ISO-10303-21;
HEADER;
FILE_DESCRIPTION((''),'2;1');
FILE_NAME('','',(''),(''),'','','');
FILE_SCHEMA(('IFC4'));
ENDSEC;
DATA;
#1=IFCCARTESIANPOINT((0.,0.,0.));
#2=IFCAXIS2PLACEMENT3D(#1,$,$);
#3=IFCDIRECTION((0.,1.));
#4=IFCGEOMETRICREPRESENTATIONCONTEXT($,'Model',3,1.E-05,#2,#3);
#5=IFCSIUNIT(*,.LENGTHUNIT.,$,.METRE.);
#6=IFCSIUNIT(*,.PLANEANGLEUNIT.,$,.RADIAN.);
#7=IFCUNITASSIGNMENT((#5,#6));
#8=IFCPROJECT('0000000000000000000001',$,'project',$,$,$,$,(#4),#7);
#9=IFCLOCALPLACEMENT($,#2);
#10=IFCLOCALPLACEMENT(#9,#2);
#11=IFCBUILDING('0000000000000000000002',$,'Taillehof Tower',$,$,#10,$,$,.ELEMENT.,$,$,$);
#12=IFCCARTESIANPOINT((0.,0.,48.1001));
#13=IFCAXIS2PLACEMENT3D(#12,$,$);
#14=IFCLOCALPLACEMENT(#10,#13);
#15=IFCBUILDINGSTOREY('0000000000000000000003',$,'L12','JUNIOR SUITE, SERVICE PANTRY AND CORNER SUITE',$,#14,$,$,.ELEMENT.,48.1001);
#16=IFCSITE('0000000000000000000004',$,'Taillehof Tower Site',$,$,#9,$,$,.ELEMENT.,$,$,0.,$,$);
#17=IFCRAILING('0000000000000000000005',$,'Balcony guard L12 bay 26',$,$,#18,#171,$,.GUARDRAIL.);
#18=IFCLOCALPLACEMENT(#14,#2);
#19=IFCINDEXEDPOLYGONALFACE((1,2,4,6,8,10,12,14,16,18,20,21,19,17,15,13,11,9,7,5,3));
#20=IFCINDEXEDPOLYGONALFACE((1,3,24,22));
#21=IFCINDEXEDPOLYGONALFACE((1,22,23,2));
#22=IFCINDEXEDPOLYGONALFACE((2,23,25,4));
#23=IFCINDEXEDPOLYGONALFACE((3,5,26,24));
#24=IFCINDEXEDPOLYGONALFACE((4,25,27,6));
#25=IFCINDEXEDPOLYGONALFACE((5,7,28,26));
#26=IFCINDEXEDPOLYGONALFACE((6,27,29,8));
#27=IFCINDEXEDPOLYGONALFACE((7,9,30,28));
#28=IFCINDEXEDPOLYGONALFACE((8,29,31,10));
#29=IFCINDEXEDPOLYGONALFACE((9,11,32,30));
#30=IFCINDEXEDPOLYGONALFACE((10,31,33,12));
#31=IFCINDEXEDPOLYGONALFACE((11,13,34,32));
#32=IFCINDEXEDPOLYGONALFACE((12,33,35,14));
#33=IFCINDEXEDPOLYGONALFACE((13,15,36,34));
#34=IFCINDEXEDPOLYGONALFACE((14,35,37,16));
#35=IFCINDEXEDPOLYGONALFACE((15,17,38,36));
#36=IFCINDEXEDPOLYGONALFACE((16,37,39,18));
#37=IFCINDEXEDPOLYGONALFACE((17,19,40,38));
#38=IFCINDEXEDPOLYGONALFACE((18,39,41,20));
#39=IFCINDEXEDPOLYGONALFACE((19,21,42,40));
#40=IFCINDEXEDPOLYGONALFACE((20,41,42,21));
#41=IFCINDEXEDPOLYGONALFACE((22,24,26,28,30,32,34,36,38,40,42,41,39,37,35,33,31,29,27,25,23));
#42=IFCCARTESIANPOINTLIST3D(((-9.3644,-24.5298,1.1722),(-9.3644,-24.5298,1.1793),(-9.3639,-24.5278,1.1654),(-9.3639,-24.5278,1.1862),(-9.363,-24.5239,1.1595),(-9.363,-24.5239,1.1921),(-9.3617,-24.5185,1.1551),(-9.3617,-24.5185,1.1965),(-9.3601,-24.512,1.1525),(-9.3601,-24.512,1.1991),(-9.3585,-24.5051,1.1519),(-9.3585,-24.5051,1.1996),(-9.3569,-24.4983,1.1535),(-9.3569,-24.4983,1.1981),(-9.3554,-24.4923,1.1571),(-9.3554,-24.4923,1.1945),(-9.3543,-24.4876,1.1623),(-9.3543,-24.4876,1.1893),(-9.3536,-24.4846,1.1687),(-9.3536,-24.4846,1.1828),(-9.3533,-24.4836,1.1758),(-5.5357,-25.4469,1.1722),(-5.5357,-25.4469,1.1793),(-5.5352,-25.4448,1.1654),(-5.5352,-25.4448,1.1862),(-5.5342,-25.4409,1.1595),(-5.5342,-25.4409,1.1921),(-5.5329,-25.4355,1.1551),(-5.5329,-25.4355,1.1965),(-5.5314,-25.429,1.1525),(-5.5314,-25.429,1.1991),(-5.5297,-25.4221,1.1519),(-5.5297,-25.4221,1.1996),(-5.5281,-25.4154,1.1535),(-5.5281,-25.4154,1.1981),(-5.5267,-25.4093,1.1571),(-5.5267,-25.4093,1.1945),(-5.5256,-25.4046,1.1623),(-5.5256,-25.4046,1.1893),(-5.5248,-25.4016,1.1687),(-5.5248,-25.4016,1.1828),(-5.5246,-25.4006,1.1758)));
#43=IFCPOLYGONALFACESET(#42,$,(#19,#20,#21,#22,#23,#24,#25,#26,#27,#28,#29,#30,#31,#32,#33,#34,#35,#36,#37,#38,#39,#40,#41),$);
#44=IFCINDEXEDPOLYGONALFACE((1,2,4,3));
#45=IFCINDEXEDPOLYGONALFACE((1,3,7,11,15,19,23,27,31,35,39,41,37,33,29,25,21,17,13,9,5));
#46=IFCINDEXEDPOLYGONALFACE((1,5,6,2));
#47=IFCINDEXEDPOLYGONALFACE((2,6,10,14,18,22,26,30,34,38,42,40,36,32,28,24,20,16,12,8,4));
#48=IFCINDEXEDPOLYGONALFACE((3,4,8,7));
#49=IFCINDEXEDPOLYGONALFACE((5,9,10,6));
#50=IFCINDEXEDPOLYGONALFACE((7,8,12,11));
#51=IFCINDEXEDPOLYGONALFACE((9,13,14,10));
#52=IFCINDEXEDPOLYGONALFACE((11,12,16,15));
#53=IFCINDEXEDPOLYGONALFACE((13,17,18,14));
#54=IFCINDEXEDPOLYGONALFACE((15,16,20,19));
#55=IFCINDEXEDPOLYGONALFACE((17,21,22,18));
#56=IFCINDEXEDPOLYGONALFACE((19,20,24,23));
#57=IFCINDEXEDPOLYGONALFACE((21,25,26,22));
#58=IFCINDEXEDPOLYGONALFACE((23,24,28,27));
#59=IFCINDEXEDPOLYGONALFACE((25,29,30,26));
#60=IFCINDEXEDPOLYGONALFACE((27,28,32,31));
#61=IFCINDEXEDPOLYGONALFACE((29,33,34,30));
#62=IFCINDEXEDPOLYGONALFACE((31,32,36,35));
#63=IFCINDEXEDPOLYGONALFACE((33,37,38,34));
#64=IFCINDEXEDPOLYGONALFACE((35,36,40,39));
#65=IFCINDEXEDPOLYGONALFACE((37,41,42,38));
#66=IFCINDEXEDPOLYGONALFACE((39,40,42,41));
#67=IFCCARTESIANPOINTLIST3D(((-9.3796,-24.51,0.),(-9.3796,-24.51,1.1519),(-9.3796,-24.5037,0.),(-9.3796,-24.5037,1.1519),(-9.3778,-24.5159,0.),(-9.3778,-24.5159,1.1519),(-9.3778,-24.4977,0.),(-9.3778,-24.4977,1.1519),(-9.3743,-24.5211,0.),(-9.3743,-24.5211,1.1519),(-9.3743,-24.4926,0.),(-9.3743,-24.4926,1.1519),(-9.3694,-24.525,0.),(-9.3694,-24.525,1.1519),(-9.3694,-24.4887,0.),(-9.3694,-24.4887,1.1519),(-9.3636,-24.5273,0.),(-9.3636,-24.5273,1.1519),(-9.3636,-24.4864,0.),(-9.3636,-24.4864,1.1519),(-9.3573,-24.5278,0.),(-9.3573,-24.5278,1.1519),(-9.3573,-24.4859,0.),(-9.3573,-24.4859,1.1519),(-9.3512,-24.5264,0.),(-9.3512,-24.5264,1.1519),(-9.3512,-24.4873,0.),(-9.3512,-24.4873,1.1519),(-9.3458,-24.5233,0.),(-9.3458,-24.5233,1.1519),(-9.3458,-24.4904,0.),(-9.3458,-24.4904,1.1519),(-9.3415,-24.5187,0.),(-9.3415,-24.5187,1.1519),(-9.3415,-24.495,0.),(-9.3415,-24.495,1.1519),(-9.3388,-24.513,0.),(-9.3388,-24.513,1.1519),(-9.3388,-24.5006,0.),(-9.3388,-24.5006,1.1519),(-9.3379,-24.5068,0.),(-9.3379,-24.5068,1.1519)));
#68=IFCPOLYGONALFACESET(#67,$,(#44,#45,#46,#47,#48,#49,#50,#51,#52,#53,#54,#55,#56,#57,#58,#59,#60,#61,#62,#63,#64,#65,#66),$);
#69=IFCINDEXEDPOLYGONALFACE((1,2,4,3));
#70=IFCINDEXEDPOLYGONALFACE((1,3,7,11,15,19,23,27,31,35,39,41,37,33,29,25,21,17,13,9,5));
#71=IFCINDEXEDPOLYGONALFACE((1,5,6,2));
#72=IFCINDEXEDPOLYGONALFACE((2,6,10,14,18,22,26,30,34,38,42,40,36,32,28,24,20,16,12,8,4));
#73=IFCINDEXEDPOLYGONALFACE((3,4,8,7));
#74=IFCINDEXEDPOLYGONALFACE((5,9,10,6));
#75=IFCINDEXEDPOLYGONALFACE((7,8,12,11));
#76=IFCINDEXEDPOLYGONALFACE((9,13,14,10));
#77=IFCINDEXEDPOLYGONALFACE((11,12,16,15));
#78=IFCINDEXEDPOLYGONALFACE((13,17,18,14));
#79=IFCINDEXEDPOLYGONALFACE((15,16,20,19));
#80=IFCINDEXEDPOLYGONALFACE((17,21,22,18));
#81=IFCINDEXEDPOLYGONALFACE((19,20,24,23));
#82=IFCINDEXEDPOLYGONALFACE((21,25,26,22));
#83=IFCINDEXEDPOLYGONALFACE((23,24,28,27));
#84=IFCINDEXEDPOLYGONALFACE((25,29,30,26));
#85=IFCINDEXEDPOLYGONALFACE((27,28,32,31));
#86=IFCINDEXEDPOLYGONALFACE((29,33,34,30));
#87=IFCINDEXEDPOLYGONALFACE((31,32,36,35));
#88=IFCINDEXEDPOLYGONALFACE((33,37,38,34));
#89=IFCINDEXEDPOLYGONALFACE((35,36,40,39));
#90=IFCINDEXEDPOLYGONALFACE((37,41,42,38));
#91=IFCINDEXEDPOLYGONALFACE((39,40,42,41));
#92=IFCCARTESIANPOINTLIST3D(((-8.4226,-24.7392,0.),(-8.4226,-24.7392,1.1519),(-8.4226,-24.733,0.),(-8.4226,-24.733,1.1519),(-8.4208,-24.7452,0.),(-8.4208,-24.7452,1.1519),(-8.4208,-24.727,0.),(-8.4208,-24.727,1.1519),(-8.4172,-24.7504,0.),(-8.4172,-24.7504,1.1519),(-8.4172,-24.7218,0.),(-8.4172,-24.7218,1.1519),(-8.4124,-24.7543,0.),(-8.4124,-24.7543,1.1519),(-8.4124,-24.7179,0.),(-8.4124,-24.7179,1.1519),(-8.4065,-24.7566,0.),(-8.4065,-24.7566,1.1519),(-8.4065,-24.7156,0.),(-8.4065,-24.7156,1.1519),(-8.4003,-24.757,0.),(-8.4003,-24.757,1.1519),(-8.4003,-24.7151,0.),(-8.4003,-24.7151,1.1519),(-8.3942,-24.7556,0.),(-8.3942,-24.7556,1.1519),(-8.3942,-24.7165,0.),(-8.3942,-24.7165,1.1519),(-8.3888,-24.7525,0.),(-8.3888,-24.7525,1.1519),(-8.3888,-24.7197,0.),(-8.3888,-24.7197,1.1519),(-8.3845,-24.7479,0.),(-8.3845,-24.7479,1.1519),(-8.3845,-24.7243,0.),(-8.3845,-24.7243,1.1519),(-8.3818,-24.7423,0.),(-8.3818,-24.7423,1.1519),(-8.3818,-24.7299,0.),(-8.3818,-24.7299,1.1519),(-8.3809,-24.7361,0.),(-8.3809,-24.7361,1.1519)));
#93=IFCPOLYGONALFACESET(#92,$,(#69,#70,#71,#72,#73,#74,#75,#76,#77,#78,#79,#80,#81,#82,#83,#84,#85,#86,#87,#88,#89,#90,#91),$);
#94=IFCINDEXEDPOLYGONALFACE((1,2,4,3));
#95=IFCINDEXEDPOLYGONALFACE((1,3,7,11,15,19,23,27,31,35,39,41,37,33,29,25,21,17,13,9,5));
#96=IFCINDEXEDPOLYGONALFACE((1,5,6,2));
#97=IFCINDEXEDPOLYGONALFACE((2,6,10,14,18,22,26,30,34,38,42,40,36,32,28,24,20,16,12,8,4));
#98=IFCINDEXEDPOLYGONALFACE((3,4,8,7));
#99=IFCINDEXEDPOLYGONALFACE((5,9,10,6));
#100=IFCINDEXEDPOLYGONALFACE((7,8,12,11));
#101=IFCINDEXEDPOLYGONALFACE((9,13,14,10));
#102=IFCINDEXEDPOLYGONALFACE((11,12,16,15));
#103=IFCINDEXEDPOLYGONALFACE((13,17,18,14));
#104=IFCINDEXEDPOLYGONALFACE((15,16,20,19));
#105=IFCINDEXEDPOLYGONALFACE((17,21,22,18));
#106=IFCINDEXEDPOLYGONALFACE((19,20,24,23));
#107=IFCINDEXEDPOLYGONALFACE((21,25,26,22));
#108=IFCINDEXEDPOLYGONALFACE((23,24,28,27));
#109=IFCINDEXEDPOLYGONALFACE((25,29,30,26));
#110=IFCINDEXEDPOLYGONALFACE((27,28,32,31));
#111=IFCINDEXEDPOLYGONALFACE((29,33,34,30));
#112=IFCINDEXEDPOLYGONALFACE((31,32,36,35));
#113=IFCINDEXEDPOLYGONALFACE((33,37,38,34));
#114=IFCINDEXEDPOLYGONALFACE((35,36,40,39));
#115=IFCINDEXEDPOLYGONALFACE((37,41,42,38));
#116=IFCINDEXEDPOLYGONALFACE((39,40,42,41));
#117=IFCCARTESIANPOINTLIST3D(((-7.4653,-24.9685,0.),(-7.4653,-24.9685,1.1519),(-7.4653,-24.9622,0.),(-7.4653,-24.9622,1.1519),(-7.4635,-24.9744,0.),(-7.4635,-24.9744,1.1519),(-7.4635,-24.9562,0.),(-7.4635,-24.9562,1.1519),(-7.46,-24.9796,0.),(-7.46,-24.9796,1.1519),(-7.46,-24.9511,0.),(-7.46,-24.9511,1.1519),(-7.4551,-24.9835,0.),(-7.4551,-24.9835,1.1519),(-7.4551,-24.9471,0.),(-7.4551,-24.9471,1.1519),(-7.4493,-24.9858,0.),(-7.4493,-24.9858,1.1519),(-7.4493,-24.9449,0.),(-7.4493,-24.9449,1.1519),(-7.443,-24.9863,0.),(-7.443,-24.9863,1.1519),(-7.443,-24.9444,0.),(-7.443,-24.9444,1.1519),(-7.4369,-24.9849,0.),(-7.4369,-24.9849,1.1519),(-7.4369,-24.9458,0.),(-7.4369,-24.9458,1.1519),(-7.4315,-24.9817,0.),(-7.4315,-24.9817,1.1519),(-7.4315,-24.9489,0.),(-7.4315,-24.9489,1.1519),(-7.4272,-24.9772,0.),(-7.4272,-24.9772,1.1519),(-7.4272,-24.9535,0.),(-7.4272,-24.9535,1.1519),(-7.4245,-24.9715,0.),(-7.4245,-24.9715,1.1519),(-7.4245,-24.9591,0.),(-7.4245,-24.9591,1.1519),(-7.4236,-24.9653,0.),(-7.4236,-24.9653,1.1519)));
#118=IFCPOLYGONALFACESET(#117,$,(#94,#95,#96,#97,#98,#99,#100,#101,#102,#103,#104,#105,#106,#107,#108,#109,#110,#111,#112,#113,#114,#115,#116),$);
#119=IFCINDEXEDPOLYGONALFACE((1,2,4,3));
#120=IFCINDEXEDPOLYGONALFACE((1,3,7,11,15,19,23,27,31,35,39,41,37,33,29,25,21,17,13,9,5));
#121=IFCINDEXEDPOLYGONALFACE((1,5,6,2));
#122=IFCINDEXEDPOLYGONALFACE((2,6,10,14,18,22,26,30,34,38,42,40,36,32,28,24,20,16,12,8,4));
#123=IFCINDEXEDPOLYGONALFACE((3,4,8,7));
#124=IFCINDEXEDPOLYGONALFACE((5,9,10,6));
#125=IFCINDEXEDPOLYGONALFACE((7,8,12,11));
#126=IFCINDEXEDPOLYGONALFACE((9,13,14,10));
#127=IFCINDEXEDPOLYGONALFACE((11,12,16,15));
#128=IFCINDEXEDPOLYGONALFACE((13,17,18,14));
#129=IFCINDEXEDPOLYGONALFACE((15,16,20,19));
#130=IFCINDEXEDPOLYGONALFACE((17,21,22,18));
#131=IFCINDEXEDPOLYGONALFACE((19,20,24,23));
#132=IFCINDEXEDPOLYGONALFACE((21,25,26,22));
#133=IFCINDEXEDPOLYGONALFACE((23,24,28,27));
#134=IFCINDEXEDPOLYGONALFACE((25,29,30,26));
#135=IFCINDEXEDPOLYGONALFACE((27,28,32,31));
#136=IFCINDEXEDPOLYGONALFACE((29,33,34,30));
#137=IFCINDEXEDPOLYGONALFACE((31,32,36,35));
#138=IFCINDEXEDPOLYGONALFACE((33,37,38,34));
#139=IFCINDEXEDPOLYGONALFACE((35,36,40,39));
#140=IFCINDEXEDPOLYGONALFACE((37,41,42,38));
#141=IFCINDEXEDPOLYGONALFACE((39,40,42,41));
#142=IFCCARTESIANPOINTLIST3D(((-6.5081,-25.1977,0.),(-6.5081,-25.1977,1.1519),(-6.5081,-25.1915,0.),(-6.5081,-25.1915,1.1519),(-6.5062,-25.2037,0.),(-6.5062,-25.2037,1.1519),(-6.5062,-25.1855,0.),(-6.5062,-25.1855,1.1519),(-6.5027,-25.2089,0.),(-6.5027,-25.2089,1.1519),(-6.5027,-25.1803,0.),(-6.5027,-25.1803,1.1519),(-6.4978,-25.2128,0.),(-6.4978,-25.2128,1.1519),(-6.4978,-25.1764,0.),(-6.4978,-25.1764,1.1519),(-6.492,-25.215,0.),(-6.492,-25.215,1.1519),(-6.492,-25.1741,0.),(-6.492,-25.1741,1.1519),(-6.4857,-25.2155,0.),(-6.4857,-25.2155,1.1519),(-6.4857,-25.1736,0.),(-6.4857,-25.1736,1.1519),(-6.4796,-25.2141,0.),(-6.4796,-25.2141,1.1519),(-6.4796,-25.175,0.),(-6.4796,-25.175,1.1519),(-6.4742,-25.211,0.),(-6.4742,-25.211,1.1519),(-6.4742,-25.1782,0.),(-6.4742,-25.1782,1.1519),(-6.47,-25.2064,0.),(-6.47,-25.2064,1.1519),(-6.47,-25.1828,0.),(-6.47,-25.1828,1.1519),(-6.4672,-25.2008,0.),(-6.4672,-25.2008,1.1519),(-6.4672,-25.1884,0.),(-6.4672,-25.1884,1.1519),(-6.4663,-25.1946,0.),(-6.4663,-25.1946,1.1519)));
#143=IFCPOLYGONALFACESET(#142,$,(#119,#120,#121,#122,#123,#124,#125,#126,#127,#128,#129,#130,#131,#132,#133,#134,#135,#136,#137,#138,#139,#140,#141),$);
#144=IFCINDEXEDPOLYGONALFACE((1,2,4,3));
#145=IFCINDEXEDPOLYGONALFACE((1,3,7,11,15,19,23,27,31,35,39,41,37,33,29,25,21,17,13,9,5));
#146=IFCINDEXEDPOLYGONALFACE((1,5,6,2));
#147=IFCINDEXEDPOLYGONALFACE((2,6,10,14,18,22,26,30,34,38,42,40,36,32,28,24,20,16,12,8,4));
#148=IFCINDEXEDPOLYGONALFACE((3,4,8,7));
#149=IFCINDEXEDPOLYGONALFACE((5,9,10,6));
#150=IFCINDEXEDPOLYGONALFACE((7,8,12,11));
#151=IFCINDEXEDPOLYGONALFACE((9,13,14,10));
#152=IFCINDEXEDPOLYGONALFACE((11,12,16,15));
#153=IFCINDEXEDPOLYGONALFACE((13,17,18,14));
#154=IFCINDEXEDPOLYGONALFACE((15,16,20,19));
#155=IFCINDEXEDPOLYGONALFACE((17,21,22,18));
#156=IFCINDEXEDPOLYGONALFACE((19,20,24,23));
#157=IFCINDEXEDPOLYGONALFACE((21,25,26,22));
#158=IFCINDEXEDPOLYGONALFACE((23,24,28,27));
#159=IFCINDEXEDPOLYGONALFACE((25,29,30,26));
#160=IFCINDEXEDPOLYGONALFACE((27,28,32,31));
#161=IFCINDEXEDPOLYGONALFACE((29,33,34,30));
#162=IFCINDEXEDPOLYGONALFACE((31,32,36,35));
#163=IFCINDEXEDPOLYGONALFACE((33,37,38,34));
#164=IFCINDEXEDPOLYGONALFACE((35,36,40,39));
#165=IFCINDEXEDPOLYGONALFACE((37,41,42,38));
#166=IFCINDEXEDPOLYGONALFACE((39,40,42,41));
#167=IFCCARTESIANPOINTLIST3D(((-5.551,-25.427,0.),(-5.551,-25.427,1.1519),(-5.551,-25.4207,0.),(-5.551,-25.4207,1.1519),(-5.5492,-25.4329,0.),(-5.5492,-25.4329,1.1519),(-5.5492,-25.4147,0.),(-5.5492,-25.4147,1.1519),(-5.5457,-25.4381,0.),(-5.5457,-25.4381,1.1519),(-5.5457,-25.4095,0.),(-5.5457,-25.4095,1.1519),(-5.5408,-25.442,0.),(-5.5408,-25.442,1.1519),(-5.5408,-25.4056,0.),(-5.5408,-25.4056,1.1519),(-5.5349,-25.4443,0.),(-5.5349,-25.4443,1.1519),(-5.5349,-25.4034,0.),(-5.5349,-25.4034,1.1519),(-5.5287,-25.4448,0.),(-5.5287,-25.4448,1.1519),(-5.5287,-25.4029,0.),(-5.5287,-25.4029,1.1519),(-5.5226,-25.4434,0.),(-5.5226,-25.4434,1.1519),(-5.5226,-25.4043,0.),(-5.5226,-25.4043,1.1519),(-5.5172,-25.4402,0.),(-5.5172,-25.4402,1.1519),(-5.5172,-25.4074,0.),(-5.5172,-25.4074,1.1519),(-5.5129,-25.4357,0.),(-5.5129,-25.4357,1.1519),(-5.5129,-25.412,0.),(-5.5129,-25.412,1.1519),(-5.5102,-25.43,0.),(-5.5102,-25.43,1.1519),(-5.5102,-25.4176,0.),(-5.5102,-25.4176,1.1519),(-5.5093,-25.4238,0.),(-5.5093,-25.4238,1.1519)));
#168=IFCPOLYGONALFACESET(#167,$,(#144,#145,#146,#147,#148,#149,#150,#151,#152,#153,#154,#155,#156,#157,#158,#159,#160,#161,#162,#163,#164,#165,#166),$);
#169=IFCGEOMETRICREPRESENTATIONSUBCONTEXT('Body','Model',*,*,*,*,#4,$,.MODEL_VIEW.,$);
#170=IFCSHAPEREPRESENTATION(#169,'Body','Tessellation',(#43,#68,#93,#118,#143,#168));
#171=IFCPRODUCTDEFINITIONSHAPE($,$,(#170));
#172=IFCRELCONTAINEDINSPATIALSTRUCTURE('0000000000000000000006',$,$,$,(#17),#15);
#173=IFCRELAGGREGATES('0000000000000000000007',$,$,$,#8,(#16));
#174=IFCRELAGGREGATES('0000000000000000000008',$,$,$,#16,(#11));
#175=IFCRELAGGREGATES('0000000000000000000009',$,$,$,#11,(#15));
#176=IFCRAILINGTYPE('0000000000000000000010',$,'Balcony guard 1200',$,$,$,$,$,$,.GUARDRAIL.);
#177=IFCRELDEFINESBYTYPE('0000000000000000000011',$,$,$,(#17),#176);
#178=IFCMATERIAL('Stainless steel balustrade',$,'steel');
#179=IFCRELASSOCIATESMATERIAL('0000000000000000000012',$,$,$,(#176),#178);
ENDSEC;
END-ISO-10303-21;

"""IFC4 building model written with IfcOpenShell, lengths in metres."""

from ifc_helpers import new_model, si_unit, direction, frame, origin, origin_2d, place, context, subcontext, project, spatial, circle, extrude, material, type_object, element, save


model = new_model("IFC4")

# Units and contexts
model_context = context("Model", 3, precision=1e-05, world=origin(), true_north=direction((0.0, 1.0)))
body_context = subcontext(model_context, "Body", "Model", "MODEL_VIEW")
ifc_project = project(units=[si_unit("LENGTHUNIT", "METRE"), si_unit("PLANEANGLEUNIT", "RADIAN")], contexts=[model_context])

# Site, building, storey
site_placement = place(None, origin())
site = spatial("IfcSite", under=ifc_project, at=site_placement, Name="Taillehof Tower Site", CompositionType="ELEMENT", RefElevation=0.0)
building_placement = place(site_placement, origin())
building = spatial("IfcBuilding", under=site, at=building_placement, Name="Taillehof Tower", CompositionType="ELEMENT")
storey_placement = place(building_placement, frame((0.0, 0.0, 48.1001)))
storey = spatial("IfcBuildingStorey", under=building, at=storey_placement, Name="L12", Description="JUNIOR SUITE, SERVICE PANTRY AND CORNER SUITE", CompositionType="ELEMENT", Elevation=48.1001)

# Railing
ifc_material_1 = material(Name="Stainless steel balustrade", Category="steel")
railing_type = type_object("IfcRailingType", Name="Balcony guard 1200", PredefinedType="GUARDRAIL", material=ifc_material_1)
railing_1_placement = place(storey_placement, frame((-9.3589, -24.5068, 0.0)))
element("IfcRailing", 1, at=railing_1_placement, inside=storey, type_object=railing_type, Name="Balcony guard L12 bay 26", PredefinedType="GUARDRAIL", context=body_context, shape_type="SweptSolid", body=[
    extrude(circle(Radius=0.0239, at=origin_2d()), frame((0.0, 0.0, 1.1758), z_axis=(0.972495, -0.232923, 0.0), x_axis=(0.232923, 0.972495, 0.0)), (0.0, 0.0, 1.0), 3.937),
    extrude(circle(Radius=0.021, at=origin_2d()), origin(), (0.0, 0.0, 1.0), 1.1519),
    extrude(circle(Radius=0.021, at=origin_2d()), frame((0.957, -0.2292, 0.0)), (0.0, 0.0, 1.0), 1.1519),
    extrude(circle(Radius=0.021, at=origin_2d()), frame((1.9143, -0.4585, 0.0)), (0.0, 0.0, 1.0), 1.1519),
    extrude(circle(Radius=0.021, at=origin_2d()), frame((2.8716, -0.6877, 0.0)), (0.0, 0.0, 1.0), 1.1519),
    extrude(circle(Radius=0.021, at=origin_2d()), frame((3.8286, -0.917, 0.0)), (0.0, 0.0, 1.0), 1.1519),
])

save(model, "model.ifc")
